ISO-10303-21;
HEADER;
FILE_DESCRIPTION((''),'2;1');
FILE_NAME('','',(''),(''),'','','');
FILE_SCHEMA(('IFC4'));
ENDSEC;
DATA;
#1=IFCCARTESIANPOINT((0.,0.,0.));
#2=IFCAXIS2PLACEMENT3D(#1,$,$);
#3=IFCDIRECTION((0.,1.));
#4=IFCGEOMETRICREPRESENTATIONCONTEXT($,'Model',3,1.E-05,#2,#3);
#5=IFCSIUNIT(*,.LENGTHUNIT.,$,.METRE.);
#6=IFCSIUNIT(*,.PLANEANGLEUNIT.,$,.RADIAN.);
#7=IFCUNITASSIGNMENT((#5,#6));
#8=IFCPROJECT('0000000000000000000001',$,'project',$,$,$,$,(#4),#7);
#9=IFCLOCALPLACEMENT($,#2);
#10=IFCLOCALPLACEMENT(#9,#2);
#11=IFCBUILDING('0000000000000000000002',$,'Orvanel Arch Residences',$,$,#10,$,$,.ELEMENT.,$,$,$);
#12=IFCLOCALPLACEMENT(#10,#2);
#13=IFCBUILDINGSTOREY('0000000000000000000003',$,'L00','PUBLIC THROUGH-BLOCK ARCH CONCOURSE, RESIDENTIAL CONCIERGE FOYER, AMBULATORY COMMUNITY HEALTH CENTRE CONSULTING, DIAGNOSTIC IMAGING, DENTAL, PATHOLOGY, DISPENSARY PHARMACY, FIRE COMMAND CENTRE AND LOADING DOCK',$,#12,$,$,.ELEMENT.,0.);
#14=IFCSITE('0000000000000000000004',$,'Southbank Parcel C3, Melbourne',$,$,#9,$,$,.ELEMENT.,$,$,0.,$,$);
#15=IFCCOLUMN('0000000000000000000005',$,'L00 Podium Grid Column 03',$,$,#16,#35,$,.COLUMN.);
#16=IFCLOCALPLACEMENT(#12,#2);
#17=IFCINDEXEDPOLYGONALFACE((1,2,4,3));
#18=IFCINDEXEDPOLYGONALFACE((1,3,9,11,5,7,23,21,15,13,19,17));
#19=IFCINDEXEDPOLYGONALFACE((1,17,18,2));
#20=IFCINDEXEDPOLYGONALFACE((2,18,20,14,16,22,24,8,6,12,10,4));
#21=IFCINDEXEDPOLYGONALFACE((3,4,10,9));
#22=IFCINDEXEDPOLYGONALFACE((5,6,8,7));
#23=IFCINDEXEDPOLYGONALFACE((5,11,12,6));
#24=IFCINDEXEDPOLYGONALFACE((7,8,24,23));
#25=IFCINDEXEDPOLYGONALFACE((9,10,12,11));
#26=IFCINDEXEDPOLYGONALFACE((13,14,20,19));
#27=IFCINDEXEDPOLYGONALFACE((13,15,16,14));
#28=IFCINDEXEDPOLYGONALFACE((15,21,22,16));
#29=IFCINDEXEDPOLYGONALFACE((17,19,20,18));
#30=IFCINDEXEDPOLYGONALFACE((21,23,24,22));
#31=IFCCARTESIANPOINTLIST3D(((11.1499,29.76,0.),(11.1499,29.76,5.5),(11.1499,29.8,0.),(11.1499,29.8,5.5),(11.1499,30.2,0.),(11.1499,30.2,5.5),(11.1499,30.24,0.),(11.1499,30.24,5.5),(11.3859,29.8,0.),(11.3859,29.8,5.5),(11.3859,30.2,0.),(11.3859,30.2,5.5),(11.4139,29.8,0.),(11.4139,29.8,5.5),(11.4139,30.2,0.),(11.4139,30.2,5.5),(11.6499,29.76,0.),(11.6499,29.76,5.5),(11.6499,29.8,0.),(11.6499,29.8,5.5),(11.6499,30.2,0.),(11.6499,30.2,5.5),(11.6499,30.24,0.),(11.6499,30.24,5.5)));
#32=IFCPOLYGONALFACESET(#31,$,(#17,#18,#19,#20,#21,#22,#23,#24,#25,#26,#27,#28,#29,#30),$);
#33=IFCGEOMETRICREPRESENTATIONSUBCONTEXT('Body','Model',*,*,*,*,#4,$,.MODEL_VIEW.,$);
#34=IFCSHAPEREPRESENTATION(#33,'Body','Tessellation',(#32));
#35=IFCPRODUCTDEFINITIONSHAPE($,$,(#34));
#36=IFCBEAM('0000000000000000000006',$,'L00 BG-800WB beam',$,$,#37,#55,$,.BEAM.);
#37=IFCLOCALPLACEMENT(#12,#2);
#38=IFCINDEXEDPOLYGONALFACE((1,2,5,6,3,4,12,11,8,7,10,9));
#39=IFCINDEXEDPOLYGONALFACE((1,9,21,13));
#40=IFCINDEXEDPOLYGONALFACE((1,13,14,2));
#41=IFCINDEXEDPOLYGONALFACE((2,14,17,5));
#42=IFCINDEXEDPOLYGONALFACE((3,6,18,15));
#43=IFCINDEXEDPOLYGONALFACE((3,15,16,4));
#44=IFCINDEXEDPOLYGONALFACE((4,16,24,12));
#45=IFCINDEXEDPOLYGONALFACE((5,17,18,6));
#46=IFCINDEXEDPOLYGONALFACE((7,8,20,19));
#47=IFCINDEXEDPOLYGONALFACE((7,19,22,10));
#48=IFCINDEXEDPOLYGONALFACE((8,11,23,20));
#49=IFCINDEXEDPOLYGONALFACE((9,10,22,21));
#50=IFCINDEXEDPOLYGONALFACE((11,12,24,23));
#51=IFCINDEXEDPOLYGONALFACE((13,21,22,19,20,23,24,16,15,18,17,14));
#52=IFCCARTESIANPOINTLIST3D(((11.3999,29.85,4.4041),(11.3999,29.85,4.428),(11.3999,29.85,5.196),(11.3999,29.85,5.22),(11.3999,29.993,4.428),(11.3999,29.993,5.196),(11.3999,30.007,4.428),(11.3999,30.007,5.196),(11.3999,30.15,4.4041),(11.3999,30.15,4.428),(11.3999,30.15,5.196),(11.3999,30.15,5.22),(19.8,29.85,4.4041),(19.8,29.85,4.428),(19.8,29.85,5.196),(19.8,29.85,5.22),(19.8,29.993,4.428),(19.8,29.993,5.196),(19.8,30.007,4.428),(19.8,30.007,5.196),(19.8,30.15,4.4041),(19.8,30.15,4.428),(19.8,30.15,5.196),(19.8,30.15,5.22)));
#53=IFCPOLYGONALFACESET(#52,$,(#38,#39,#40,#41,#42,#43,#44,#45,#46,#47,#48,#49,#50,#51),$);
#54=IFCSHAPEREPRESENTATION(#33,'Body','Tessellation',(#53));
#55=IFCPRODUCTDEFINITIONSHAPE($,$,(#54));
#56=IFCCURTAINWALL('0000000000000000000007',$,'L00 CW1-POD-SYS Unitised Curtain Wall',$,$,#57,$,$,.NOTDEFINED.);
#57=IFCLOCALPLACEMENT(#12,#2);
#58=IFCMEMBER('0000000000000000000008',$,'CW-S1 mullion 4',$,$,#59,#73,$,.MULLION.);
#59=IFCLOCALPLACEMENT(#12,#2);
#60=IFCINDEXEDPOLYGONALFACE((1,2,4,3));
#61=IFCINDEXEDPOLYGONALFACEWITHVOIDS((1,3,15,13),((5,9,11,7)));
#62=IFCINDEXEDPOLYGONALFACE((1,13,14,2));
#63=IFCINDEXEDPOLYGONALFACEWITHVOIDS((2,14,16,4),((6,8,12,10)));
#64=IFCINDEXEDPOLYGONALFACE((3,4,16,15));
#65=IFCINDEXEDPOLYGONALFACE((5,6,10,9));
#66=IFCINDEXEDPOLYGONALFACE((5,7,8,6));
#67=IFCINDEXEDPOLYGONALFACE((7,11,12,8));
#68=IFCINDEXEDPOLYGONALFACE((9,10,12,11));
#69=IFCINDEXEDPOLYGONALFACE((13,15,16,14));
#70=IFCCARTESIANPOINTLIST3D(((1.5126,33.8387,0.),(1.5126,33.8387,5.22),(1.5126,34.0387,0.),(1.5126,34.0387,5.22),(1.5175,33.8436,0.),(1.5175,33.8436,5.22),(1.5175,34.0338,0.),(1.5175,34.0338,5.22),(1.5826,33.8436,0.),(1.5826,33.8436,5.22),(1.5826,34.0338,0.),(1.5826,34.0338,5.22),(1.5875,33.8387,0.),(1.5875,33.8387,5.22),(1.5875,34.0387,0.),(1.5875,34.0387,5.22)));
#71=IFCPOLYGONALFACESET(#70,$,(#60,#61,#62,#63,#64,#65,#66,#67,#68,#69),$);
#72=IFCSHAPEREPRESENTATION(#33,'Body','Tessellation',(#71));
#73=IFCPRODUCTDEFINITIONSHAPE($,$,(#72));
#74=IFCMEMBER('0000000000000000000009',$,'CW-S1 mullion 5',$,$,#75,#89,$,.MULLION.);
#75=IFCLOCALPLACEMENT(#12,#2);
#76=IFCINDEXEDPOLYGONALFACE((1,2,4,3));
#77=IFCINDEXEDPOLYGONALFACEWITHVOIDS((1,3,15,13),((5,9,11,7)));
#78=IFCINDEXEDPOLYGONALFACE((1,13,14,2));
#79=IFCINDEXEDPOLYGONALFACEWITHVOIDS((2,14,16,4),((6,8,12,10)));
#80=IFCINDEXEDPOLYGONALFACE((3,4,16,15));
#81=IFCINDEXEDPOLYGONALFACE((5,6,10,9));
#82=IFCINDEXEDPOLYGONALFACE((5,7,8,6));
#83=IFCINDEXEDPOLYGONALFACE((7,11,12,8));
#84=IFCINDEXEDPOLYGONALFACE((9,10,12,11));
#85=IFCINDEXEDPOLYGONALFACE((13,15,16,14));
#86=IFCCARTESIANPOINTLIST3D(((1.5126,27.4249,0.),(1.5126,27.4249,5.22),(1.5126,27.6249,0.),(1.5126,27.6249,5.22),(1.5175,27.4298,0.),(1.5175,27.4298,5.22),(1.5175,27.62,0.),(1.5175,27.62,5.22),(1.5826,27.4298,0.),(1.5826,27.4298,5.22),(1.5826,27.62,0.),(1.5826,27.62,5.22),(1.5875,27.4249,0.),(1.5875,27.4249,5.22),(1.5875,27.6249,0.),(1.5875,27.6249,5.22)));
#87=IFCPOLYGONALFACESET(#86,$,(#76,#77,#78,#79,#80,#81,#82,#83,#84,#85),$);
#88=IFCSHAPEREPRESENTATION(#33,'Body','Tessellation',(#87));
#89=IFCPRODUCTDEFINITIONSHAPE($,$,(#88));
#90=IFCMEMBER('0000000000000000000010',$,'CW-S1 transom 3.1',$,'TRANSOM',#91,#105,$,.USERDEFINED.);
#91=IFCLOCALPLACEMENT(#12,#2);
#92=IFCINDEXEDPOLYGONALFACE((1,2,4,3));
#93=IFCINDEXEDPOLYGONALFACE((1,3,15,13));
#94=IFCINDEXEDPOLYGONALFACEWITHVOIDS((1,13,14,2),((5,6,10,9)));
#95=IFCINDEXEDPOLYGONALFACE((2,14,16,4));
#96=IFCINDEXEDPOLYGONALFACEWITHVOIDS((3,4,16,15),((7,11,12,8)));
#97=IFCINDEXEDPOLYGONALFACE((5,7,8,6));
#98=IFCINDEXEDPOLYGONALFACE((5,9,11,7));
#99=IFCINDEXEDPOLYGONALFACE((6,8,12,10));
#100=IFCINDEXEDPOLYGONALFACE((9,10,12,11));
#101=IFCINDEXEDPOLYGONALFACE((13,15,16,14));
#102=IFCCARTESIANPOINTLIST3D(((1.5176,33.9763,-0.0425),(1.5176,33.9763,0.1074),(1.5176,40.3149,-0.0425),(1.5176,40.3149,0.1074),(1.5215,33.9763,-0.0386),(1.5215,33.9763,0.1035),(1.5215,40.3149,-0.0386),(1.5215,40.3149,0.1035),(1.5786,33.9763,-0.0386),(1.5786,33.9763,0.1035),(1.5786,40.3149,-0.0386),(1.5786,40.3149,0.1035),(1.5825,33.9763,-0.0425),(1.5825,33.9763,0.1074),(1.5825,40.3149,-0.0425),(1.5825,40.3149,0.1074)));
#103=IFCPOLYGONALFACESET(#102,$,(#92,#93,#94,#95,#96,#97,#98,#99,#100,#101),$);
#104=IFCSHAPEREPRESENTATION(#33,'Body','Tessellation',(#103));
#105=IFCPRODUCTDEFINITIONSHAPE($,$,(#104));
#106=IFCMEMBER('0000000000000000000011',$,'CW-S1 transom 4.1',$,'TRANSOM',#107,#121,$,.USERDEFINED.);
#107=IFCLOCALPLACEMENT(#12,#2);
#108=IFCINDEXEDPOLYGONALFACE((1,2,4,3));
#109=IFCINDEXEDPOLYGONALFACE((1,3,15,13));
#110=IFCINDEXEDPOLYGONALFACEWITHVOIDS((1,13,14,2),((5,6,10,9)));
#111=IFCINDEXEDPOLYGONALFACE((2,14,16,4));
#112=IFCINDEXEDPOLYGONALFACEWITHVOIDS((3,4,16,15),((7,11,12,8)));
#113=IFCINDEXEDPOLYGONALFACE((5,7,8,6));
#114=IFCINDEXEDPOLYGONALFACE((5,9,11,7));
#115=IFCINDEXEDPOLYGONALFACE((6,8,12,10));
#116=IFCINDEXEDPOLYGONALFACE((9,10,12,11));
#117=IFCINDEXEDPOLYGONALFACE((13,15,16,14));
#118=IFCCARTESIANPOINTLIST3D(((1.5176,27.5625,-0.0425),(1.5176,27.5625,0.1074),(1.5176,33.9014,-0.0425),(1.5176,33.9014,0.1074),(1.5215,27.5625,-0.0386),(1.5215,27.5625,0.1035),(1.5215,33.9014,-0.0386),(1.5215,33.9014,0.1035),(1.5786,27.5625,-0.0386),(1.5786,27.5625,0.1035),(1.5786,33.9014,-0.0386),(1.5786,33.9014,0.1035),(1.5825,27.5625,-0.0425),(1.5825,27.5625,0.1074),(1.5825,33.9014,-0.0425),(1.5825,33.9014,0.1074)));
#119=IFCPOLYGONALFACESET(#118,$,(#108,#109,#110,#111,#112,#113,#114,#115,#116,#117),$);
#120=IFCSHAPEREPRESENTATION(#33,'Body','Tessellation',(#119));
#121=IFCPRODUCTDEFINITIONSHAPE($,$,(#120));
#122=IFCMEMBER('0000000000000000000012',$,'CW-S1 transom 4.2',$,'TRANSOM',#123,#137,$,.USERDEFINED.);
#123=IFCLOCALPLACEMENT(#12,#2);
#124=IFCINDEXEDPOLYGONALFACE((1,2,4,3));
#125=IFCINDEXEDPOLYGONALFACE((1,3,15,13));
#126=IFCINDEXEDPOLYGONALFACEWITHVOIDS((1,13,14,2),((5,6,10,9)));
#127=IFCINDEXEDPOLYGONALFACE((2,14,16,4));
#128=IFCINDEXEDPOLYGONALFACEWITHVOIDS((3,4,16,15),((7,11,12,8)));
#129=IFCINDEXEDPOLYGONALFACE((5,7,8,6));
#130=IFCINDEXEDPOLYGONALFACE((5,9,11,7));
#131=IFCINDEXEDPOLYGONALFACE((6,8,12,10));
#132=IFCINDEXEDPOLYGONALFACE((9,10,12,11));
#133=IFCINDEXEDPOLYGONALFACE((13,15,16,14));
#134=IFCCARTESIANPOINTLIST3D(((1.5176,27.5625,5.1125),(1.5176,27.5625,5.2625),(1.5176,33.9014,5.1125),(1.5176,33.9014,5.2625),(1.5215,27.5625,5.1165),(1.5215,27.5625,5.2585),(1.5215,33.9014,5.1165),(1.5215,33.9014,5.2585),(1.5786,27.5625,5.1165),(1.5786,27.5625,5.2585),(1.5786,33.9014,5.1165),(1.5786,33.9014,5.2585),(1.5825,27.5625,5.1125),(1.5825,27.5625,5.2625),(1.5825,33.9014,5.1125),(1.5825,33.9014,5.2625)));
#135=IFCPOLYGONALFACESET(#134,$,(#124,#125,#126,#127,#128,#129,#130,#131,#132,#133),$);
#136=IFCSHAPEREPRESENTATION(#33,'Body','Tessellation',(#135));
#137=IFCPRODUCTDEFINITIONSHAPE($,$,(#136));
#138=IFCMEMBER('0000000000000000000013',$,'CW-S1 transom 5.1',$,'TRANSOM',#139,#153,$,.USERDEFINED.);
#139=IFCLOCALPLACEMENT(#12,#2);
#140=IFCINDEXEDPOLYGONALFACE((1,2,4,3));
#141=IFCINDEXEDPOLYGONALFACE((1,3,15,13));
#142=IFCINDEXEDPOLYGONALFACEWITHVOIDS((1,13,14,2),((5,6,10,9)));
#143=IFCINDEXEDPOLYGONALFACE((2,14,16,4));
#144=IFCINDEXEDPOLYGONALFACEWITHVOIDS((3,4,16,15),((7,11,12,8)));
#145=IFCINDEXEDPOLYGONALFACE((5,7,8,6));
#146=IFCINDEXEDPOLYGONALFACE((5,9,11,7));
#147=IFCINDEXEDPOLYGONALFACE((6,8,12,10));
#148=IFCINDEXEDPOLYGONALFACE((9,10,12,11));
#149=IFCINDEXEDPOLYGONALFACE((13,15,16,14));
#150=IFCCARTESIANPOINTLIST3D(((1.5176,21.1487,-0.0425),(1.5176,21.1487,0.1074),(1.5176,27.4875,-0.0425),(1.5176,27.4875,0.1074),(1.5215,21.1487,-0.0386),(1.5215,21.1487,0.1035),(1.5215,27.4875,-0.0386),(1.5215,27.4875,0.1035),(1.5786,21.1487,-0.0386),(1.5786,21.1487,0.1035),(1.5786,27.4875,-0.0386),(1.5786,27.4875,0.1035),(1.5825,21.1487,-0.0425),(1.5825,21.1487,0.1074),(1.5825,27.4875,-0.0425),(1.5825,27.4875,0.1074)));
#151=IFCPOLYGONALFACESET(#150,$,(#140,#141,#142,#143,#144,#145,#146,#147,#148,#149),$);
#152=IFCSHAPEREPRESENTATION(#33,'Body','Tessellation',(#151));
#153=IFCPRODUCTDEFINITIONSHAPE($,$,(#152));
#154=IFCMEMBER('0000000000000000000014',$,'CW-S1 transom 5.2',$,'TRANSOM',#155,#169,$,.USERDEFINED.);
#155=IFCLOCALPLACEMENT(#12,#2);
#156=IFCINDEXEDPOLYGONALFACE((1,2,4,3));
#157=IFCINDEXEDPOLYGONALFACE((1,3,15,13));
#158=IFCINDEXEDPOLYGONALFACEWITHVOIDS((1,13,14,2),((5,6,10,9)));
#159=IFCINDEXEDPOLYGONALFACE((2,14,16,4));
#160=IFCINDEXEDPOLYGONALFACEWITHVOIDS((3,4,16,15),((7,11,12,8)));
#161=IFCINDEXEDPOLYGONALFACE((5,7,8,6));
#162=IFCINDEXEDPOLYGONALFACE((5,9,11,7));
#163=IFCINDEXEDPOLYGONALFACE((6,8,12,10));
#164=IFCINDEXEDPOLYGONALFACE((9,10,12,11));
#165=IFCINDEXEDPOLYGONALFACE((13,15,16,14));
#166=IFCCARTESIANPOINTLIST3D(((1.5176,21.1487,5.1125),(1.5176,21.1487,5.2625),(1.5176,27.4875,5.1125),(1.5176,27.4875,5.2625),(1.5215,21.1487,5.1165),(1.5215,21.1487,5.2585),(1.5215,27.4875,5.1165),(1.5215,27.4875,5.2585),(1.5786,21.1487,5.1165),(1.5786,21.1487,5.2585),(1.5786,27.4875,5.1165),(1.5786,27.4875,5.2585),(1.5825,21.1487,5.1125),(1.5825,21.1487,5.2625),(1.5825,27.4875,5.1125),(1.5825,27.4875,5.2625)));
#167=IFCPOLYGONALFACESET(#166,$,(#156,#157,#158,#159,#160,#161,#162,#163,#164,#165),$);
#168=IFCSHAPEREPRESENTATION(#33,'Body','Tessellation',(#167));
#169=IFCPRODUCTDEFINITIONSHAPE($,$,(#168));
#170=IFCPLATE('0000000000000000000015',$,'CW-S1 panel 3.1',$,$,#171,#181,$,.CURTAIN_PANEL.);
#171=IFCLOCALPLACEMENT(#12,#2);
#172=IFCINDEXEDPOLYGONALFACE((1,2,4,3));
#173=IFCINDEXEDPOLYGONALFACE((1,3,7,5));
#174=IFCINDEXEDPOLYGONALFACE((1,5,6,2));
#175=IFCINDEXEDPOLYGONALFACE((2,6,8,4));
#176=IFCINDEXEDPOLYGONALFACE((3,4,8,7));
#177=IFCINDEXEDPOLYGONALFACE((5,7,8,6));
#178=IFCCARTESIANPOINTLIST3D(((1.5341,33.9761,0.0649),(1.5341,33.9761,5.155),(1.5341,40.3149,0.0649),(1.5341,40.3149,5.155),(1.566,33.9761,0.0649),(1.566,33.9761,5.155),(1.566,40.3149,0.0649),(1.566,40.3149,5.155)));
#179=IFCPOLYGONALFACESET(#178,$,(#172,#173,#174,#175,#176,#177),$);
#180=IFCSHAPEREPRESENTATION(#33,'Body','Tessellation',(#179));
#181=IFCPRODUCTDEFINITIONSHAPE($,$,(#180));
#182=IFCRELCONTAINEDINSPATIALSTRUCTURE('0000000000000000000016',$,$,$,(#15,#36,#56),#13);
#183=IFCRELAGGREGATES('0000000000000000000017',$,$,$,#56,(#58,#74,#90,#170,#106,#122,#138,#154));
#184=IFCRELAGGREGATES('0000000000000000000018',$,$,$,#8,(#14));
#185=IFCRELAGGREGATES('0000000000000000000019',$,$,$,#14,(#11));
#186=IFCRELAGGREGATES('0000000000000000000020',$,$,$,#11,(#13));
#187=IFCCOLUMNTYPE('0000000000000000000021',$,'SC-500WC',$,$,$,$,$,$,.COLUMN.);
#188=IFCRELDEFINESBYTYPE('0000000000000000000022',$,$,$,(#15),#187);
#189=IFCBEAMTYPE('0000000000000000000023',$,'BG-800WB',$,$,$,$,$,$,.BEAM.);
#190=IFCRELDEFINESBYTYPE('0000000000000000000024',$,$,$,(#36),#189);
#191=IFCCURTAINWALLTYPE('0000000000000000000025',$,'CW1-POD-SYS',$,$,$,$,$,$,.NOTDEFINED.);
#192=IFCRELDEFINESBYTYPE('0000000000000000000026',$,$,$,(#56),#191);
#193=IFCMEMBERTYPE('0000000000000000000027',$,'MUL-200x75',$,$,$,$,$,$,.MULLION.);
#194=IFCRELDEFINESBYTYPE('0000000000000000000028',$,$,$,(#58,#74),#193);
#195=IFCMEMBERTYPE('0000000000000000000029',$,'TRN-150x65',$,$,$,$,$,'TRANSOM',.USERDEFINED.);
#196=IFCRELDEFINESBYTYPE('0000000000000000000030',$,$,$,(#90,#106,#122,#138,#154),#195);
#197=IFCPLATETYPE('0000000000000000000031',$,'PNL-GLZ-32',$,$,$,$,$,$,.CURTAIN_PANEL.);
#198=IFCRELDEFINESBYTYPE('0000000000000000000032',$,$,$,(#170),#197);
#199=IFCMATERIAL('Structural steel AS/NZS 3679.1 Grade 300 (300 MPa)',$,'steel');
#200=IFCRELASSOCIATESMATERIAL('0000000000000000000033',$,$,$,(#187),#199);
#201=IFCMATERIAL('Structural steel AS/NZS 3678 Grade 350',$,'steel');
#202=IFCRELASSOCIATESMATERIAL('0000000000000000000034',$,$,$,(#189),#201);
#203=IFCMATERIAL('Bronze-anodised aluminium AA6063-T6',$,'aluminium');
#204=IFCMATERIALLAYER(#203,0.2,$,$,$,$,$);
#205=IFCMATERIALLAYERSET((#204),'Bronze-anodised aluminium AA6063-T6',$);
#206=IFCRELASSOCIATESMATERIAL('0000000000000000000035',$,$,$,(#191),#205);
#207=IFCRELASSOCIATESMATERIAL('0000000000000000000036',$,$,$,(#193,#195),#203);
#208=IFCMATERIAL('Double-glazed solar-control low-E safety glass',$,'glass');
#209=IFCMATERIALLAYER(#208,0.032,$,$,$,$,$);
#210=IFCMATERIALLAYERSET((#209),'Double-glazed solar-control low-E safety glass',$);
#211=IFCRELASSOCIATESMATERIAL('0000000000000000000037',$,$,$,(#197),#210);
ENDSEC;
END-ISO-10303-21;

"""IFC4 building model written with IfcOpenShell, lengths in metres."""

from ifc_helpers import new_model, si_unit, direction, frame, origin, origin_2d, place, context, subcontext, project, spatial, rectangle, hollow_rectangle, i_section, extrude, material, layer, layer_set, material_profile, profile_set, type_object, element, aggregate, save


model = new_model("IFC4")

# Units and contexts
model_context = context("Model", 3, precision=1e-05, world=origin(), true_north=direction((0.0, 1.0)))
body_context = subcontext(model_context, "Body", "Model", "MODEL_VIEW")
ifc_project = project(units=[si_unit("LENGTHUNIT", "METRE"), si_unit("PLANEANGLEUNIT", "RADIAN")], contexts=[model_context])

# Site, building, storey
site_placement = place(None, origin())
site = spatial("IfcSite", under=ifc_project, at=site_placement, Name="Southbank Parcel C3, Melbourne", CompositionType="ELEMENT", RefElevation=0.0)
building_placement = place(site_placement, origin())
building = spatial("IfcBuilding", under=site, at=building_placement, Name="Orvanel Arch Residences", CompositionType="ELEMENT")
storey_placement = place(building_placement, origin())
storey = spatial("IfcBuildingStorey", under=building, at=storey_placement, Name="L00", Description="PUBLIC THROUGH-BLOCK ARCH CONCOURSE, RESIDENTIAL CONCIERGE FOYER, AMBULATORY COMMUNITY HEALTH CENTRE CONSULTING, DIAGNOSTIC IMAGING, DENTAL, PATHOLOGY, DISPENSARY PHARMACY, FIRE COMMAND CENTRE AND LOADING DOCK", CompositionType="ELEMENT", Elevation=0.0)

# Column
ifc_material_1 = material(Name="Structural steel AS/NZS 3679.1 Grade 300 (300 MPa)", Category="steel")
ifc_material_profile_1 = material_profile(ifc_material_1, i_section(OverallWidth=0.5, OverallDepth=0.48, WebThickness=0.0281, FlangeThickness=0.04, at=origin_2d()), Name="500WC440")
ifc_profile_set_1 = profile_set([ifc_material_profile_1], Name="Structural steel AS/NZS 3679.1 Grade 300 (300 MPa)")
column_type = type_object("IfcColumnType", Name="SC-500WC", PredefinedType="COLUMN", material=ifc_profile_set_1)
column_placement = place(storey_placement, frame((11.3999, 30.0, 0.0), z_axis=(0.0, 0.0, 1.0), x_axis=(1.0, 0.0, 0.0)))
element("IfcColumn", 1, at=column_placement, inside=storey, type_object=column_type, Name="L00 Podium Grid Column 03", PredefinedType="COLUMN", context=body_context, shape_type="SweptSolid", body=[
    extrude(i_section(OverallWidth=0.5, OverallDepth=0.48, WebThickness=0.0281, FlangeThickness=0.04, at=origin_2d()), origin(), (0.0, 0.0, 1.0), 5.5),
])

# Beam
ifc_material_2 = material(Name="Structural steel AS/NZS 3678 Grade 350", Category="steel")
ifc_material_profile_2 = material_profile(ifc_material_2, i_section(OverallWidth=0.3, OverallDepth=0.8159, WebThickness=0.0139, FlangeThickness=0.0239, at=origin_2d()), Name="800WB192")
ifc_profile_set_2 = profile_set([ifc_material_profile_2], Name="Structural steel AS/NZS 3678 Grade 350")
beam_type = type_object("IfcBeamType", Name="BG-800WB", PredefinedType="BEAM", material=ifc_profile_set_2)
beam_placement = place(storey_placement, frame((11.3999, 30.0, 4.812), z_axis=(1.0, 0.0, 0.0), x_axis=(0.0, 1.0, 0.0)))
element("IfcBeam", 2, at=beam_placement, inside=storey, type_object=beam_type, Name="L00 BG-800WB beam", PredefinedType="BEAM", context=body_context, shape_type="SweptSolid", body=[
    extrude(i_section(OverallWidth=0.3, OverallDepth=0.8159, WebThickness=0.0139, FlangeThickness=0.0239, at=origin_2d()), origin(), (0.0, 0.0, 1.0), 8.4001),
])

# Curtain wall, members, plate
ifc_material_3 = material(Name="Bronze-anodised aluminium AA6063-T6", Category="aluminium")
ifc_layer_1 = layer(ifc_material_3, 0.2)
ifc_layer_set_1 = layer_set([ifc_layer_1], Name="Bronze-anodised aluminium AA6063-T6")
curtain_wall_type = type_object("IfcCurtainWallType", Name="CW1-POD-SYS", PredefinedType="NOTDEFINED", material=ifc_layer_set_1)
curtain_wall_placement = place(storey_placement, origin())
curtain_wall = element("IfcCurtainWall", 3, at=curtain_wall_placement, inside=storey, type_object=curtain_wall_type, Name="L00 CW1-POD-SYS Unitised Curtain Wall", PredefinedType="NOTDEFINED")
ifc_material_profile_3 = material_profile(ifc_material_3, hollow_rectangle(XDim=0.075, YDim=0.2, WallThickness=0.0049, at=origin_2d()), Name="ALU200x75x5")
ifc_profile_set_3 = profile_set([ifc_material_profile_3], Name="Bronze-anodised aluminium AA6063-T6")
member_type_1 = type_object("IfcMemberType", Name="MUL-200x75", PredefinedType="MULLION", material=ifc_profile_set_3)
member_1_placement = place(storey_placement, frame((1.55, 33.9387, 0.0), z_axis=(0.0, 0.0, 1.0), x_axis=(1.0, 0.0, 0.0)))
member_1 = element("IfcMember", 4, at=member_1_placement, type_object=member_type_1, Name="CW-S1 mullion 4", PredefinedType="MULLION", context=body_context, shape_type="SweptSolid", body=[
    extrude(hollow_rectangle(XDim=0.075, YDim=0.2, WallThickness=0.0049, at=origin_2d()), origin(), (0.0, 0.0, 1.0), 5.22),
])
member_2_placement = place(storey_placement, frame((1.55, 27.5249, 0.0), z_axis=(0.0, 0.0, 1.0), x_axis=(1.0, 0.0, 0.0)))
member_2 = element("IfcMember", 5, at=member_2_placement, type_object=member_type_1, Name="CW-S1 mullion 5", PredefinedType="MULLION", context=body_context, shape_type="SweptSolid", body=[
    extrude(hollow_rectangle(XDim=0.075, YDim=0.2, WallThickness=0.0049, at=origin_2d()), origin(), (0.0, 0.0, 1.0), 5.22),
])
ifc_material_profile_4 = material_profile(ifc_material_3, hollow_rectangle(XDim=0.0649, YDim=0.1499, WallThickness=0.0039, at=origin_2d()), Name="ALU150x65x4")
ifc_profile_set_4 = profile_set([ifc_material_profile_4], Name="Bronze-anodised aluminium AA6063-T6")
member_type_2 = type_object("IfcMemberType", Name="TRN-150x65", ElementType="TRANSOM", PredefinedType="USERDEFINED", material=ifc_profile_set_4)
member_3_placement = place(storey_placement, frame((1.55, 40.3149, 0.0325), z_axis=(0.0, -1.0, 0.0), x_axis=(1.0, 0.0, 0.0)))
member_3 = element("IfcMember", 6, at=member_3_placement, type_object=member_type_2, Name="CW-S1 transom 3.1", ObjectType="TRANSOM", PredefinedType="USERDEFINED", context=body_context, shape_type="SweptSolid", body=[
    extrude(hollow_rectangle(XDim=0.0649, YDim=0.1499, WallThickness=0.0039, at=origin_2d()), origin(), (0.0, 0.0, 1.0), 6.3386),
])
member_4_placement = place(storey_placement, frame((1.55, 33.9014, 0.0325), z_axis=(0.0, -1.0, 0.0), x_axis=(1.0, 0.0, 0.0)))
member_4 = element("IfcMember", 7, at=member_4_placement, type_object=member_type_2, Name="CW-S1 transom 4.1", ObjectType="TRANSOM", PredefinedType="USERDEFINED", context=body_context, shape_type="SweptSolid", body=[
    extrude(hollow_rectangle(XDim=0.0649, YDim=0.1499, WallThickness=0.0039, at=origin_2d()), origin(), (0.0, 0.0, 1.0), 6.3389),
])
member_5_placement = place(storey_placement, frame((1.55, 33.9014, 5.1875), z_axis=(0.0, -1.0, 0.0), x_axis=(1.0, 0.0, 0.0)))
member_5 = element("IfcMember", 8, at=member_5_placement, type_object=member_type_2, Name="CW-S1 transom 4.2", ObjectType="TRANSOM", PredefinedType="USERDEFINED", context=body_context, shape_type="SweptSolid", body=[
    extrude(hollow_rectangle(XDim=0.0649, YDim=0.1499, WallThickness=0.0039, at=origin_2d()), origin(), (0.0, 0.0, 1.0), 6.3389),
])
member_6_placement = place(storey_placement, frame((1.55, 27.4875, 0.0325), z_axis=(0.0, -1.0, 0.0), x_axis=(1.0, 0.0, 0.0)))
member_6 = element("IfcMember", 9, at=member_6_placement, type_object=member_type_2, Name="CW-S1 transom 5.1", ObjectType="TRANSOM", PredefinedType="USERDEFINED", context=body_context, shape_type="SweptSolid", body=[
    extrude(hollow_rectangle(XDim=0.0649, YDim=0.1499, WallThickness=0.0039, at=origin_2d()), origin(), (0.0, 0.0, 1.0), 6.3389),
])
member_7_placement = place(storey_placement, frame((1.55, 27.4875, 5.1875), z_axis=(0.0, -1.0, 0.0), x_axis=(1.0, 0.0, 0.0)))
member_7 = element("IfcMember", 10, at=member_7_placement, type_object=member_type_2, Name="CW-S1 transom 5.2", ObjectType="TRANSOM", PredefinedType="USERDEFINED", context=body_context, shape_type="SweptSolid", body=[
    extrude(hollow_rectangle(XDim=0.0649, YDim=0.1499, WallThickness=0.0039, at=origin_2d()), origin(), (0.0, 0.0, 1.0), 6.3389),
])
ifc_material_4 = material(Name="Double-glazed solar-control low-E safety glass", Category="glass")
ifc_layer_2 = layer(ifc_material_4, 0.032)
ifc_layer_set_2 = layer_set([ifc_layer_2], Name="Double-glazed solar-control low-E safety glass")
plate_type = type_object("IfcPlateType", Name="PNL-GLZ-32", PredefinedType="CURTAIN_PANEL", material=ifc_layer_set_2)
plate_1_placement = place(storey_placement, frame((1.55, 37.1455, 0.0649), z_axis=(0.0, 0.0, 1.0), x_axis=(0.0, -1.0, 0.0)))
plate_1 = element("IfcPlate", 11, at=plate_1_placement, type_object=plate_type, Name="CW-S1 panel 3.1", PredefinedType="CURTAIN_PANEL", context=body_context, shape_type="SweptSolid", body=[
    extrude(rectangle(XDim=6.3389, YDim=0.032, at=origin_2d()), origin(), (0.0, 0.0, 1.0), 5.0901),
])
aggregate(curtain_wall, [member_1, member_2, member_3, plate_1, member_4, member_5, member_6, member_7])

save(model, "model.ifc")
